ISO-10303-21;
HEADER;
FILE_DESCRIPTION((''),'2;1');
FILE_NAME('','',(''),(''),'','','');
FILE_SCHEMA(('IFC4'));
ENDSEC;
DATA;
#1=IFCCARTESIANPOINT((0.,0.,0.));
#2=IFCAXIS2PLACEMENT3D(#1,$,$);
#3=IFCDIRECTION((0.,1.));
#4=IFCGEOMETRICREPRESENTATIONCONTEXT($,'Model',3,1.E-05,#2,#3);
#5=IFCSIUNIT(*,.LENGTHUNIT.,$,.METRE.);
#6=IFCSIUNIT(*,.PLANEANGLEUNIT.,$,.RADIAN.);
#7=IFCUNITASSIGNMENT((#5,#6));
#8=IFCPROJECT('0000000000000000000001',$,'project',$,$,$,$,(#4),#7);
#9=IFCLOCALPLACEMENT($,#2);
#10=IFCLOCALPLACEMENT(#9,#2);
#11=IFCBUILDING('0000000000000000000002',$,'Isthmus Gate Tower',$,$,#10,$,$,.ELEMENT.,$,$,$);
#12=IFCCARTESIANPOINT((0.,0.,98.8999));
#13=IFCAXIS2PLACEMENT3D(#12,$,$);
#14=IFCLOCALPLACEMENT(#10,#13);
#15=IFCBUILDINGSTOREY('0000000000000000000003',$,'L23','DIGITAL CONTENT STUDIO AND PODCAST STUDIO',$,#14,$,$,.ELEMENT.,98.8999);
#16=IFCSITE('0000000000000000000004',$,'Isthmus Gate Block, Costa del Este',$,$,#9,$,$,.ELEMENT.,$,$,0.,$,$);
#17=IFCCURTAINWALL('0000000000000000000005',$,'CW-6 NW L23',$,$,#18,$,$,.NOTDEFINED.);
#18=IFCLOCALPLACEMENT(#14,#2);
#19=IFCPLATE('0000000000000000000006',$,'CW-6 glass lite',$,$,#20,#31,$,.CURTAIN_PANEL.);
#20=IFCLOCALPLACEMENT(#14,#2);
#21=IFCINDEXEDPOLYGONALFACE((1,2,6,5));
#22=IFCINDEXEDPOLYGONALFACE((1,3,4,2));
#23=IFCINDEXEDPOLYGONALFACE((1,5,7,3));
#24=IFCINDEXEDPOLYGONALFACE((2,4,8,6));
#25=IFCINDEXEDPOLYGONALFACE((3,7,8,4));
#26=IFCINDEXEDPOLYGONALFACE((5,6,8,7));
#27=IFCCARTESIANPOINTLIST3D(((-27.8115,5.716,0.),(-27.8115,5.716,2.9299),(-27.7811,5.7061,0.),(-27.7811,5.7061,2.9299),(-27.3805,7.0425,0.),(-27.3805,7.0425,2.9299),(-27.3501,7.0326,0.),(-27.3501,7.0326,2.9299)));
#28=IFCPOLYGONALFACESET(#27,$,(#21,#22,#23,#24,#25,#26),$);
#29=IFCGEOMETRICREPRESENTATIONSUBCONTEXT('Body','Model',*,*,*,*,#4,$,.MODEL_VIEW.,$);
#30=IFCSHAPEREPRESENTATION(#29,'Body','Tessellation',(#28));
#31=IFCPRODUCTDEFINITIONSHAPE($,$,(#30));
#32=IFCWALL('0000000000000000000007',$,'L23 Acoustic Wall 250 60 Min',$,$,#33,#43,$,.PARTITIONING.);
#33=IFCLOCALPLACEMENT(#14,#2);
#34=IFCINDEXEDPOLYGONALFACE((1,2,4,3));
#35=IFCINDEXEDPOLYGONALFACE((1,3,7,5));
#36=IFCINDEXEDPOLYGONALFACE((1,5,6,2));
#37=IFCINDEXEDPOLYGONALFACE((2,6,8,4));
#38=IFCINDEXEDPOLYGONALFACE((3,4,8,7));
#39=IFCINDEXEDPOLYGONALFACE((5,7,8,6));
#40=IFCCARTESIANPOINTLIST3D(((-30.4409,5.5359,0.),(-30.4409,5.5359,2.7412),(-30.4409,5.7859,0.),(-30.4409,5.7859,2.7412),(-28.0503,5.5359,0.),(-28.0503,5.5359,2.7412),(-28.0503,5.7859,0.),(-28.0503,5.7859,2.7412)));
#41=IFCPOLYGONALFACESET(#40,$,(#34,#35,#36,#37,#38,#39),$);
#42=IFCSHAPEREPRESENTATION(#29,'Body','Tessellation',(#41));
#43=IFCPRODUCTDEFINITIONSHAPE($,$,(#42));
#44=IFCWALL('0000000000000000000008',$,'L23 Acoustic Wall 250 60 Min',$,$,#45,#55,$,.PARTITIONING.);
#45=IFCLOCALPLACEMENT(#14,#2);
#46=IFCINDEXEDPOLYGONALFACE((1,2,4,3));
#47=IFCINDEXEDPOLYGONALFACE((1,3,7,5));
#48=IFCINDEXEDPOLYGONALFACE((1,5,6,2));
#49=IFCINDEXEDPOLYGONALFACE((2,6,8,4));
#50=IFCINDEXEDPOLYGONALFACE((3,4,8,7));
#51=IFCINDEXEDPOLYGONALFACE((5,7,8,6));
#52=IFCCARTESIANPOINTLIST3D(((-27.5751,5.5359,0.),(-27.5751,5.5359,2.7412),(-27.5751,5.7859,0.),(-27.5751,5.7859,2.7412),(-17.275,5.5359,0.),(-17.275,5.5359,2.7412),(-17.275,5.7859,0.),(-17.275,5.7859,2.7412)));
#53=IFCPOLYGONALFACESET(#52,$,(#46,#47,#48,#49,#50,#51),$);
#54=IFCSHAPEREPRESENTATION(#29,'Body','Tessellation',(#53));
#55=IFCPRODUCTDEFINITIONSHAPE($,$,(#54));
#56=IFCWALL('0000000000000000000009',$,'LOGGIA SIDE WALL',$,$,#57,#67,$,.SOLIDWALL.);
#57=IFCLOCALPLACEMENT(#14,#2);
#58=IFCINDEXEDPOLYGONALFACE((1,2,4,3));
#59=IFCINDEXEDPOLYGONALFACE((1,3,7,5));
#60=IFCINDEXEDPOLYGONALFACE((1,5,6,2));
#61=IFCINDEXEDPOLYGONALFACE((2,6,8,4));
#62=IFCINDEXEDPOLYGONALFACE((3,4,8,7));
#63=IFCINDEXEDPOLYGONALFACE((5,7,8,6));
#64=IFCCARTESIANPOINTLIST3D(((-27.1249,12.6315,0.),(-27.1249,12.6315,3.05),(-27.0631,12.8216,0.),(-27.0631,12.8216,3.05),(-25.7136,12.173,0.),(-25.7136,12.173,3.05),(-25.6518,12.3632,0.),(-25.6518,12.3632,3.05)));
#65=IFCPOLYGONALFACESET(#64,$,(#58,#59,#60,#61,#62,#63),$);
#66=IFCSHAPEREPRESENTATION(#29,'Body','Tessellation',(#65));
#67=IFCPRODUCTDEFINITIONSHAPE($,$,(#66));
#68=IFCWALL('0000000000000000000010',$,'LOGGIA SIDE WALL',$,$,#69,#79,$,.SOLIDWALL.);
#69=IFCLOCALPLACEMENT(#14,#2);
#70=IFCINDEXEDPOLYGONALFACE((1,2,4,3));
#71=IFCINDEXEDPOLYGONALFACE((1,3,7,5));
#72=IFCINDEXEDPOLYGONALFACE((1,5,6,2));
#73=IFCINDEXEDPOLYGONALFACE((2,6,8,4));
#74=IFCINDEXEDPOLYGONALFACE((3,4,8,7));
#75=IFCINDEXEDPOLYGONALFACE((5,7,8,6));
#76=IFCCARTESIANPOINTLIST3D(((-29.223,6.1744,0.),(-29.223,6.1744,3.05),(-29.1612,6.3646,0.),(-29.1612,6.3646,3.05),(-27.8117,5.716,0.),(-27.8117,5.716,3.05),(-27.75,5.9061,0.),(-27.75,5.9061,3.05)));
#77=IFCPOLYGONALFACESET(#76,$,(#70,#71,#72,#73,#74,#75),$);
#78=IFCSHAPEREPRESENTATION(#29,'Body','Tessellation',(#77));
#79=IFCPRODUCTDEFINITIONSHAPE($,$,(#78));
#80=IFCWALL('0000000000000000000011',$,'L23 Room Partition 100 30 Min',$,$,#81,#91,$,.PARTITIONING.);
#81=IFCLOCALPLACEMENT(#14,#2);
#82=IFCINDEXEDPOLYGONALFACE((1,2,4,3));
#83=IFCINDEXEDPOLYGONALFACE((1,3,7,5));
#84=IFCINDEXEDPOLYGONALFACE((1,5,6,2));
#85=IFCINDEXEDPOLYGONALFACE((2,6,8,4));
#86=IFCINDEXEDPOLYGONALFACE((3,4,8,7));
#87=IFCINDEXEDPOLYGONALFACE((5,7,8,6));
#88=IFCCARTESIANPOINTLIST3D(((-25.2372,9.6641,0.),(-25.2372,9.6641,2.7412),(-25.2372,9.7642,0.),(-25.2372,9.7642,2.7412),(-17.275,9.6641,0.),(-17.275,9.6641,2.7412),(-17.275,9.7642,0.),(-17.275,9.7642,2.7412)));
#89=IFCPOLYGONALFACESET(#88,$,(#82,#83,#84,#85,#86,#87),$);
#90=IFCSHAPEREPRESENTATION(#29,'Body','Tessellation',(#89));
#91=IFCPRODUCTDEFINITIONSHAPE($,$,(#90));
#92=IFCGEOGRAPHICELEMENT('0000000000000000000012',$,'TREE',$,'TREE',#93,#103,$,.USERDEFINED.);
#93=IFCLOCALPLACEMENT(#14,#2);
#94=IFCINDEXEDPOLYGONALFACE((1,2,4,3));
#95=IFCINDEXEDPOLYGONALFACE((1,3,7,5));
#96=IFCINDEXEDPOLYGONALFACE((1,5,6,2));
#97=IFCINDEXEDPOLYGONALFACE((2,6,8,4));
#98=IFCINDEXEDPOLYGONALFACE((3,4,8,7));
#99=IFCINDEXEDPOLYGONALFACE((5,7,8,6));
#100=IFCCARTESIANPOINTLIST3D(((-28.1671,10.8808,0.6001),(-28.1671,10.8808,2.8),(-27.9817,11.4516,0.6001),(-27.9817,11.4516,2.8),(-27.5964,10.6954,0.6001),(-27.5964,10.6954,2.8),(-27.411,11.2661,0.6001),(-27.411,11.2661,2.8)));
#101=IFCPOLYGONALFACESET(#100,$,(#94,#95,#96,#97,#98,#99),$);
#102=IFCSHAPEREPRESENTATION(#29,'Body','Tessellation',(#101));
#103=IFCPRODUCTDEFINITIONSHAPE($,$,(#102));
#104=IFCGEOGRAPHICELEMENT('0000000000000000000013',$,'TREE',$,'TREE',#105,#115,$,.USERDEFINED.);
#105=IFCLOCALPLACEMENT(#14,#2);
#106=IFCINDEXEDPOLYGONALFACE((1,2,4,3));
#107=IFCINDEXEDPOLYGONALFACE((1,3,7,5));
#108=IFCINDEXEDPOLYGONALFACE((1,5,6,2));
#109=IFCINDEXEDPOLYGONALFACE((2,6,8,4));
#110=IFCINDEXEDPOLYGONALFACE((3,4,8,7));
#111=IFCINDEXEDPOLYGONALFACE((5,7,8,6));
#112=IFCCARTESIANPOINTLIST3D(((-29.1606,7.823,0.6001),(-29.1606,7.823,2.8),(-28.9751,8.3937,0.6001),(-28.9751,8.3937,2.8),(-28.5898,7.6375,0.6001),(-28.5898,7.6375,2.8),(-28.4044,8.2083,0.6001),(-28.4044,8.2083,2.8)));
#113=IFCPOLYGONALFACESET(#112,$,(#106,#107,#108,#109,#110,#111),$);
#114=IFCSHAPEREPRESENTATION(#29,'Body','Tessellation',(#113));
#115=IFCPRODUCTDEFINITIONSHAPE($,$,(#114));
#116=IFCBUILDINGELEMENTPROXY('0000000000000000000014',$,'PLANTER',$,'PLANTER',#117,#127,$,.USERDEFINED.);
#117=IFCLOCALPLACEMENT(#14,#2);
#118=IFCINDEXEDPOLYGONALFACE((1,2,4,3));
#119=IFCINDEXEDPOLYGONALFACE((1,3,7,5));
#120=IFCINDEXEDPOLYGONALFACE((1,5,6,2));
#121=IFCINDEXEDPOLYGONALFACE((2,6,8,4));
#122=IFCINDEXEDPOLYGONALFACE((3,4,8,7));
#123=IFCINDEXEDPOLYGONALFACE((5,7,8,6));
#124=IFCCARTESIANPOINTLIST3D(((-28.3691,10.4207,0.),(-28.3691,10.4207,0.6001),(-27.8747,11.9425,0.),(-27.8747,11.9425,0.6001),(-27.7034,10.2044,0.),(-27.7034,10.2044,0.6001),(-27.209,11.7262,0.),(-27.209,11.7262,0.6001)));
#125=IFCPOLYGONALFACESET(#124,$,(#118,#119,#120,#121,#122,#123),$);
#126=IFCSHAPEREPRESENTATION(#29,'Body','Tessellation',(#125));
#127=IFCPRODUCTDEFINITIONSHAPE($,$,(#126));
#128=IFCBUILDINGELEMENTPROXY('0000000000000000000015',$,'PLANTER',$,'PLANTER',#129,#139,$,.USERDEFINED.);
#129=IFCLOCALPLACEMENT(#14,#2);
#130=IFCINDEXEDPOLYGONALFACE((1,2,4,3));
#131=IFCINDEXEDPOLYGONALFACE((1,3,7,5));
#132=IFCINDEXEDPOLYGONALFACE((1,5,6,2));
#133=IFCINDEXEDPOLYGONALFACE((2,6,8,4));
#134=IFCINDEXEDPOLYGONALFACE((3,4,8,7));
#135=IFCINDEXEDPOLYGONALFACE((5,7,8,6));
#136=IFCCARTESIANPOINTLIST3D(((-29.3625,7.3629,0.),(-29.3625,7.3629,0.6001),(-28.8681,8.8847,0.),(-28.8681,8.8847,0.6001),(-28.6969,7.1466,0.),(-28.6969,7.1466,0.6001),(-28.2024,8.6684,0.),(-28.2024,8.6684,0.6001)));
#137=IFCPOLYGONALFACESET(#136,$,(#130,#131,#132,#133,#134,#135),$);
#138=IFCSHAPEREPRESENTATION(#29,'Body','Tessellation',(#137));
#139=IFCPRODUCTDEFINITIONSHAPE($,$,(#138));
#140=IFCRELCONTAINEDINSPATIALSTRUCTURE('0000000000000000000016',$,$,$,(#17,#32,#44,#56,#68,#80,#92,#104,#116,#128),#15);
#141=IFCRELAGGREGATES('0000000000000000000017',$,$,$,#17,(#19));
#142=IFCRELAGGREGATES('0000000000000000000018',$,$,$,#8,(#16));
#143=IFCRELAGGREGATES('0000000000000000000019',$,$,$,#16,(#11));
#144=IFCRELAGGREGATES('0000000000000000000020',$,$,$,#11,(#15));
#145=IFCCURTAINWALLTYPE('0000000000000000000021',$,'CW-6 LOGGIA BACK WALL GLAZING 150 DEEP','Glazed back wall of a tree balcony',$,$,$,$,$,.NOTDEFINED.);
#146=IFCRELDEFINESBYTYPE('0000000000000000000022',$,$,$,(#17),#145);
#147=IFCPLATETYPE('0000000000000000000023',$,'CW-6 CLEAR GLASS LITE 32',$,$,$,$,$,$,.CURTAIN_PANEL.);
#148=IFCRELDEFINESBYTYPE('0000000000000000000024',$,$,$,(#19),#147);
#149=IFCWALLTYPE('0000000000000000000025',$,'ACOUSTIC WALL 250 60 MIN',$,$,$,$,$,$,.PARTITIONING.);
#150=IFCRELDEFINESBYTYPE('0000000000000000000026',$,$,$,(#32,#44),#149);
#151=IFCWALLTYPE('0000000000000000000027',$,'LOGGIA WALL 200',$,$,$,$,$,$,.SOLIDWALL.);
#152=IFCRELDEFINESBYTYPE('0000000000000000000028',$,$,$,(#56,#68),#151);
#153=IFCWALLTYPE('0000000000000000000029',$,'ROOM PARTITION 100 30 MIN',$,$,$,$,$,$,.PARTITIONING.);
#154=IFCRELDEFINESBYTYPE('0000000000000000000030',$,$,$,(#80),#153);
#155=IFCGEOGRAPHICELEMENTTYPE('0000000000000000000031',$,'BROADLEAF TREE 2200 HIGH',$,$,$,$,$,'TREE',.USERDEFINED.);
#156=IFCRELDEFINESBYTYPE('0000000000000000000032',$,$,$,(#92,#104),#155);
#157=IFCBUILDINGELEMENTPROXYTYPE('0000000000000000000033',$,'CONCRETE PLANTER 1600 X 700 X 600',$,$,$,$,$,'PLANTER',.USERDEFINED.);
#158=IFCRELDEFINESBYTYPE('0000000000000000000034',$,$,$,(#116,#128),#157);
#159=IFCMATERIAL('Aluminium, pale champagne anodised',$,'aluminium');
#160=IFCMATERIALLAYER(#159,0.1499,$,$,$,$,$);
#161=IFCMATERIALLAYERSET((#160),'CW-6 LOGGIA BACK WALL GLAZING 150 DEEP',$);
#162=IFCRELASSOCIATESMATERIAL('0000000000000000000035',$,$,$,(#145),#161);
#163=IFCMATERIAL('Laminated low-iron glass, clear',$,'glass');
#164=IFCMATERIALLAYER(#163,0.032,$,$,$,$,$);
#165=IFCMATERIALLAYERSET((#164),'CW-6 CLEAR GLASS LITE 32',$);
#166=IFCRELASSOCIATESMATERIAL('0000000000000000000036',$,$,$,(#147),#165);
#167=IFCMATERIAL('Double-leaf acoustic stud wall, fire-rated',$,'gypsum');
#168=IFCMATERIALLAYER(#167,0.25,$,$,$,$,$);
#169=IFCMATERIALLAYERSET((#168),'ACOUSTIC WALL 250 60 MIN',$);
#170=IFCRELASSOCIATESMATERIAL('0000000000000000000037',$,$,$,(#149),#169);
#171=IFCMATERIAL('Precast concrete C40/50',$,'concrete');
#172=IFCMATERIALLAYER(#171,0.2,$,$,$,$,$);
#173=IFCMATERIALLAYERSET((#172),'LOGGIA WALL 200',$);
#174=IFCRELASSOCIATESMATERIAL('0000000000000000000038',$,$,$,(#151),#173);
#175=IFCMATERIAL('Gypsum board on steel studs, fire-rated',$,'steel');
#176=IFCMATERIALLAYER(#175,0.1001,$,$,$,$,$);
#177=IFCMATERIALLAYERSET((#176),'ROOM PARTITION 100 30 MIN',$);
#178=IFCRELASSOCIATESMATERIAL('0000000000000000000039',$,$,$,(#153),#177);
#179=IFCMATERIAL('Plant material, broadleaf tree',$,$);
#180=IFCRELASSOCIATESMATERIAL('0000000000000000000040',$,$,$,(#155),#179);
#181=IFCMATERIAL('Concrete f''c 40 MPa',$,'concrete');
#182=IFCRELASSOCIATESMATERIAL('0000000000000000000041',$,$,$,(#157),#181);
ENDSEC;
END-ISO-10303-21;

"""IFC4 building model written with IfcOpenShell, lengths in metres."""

from ifc_helpers import new_model, si_unit, direction, frame, frame_2d, origin, origin_2d, place, context, subcontext, project, spatial, rectangle, extrude, material, layer, layer_set, type_object, element, aggregate, save


model = new_model("IFC4")

# Units and contexts
model_context = context("Model", 3, precision=1e-05, world=origin(), true_north=direction((0.0, 1.0)))
body_context = subcontext(model_context, "Body", "Model", "MODEL_VIEW")
ifc_project = project(units=[si_unit("LENGTHUNIT", "METRE"), si_unit("PLANEANGLEUNIT", "RADIAN")], contexts=[model_context])

# Site, building, storey
site_placement = place(None, origin())
site = spatial("IfcSite", under=ifc_project, at=site_placement, Name="Isthmus Gate Block, Costa del Este", CompositionType="ELEMENT", RefElevation=0.0)
building_placement = place(site_placement, origin())
building = spatial("IfcBuilding", under=site, at=building_placement, Name="Isthmus Gate Tower", CompositionType="ELEMENT")
storey_placement = place(building_placement, frame((0.0, 0.0, 98.8999)))
storey = spatial("IfcBuildingStorey", under=building, at=storey_placement, Name="L23", Description="DIGITAL CONTENT STUDIO AND PODCAST STUDIO", CompositionType="ELEMENT", Elevation=98.8999)

# Curtain wall
ifc_material_1 = material(Name="Aluminium, pale champagne anodised", Category="aluminium")
ifc_layer_1 = layer(ifc_material_1, 0.1499)
ifc_layer_set_1 = layer_set([ifc_layer_1], Name="CW-6 LOGGIA BACK WALL GLAZING 150 DEEP")
curtain_wall_type_1 = type_object("IfcCurtainWallType", Name="CW-6 LOGGIA BACK WALL GLAZING 150 DEEP", Description="Glazed back wall of a tree balcony", PredefinedType="NOTDEFINED", material=ifc_layer_set_1)
curtain_wall_1_placement = place(storey_placement, origin())
curtain_wall_1 = element("IfcCurtainWall", 1, at=curtain_wall_1_placement, inside=storey, type_object=curtain_wall_type_1, Name="CW-6 NW L23", PredefinedType="NOTDEFINED")

# Plate
ifc_material_2 = material(Name="Laminated low-iron glass, clear", Category="glass")
ifc_layer_2 = layer(ifc_material_2, 0.032)
ifc_layer_set_2 = layer_set([ifc_layer_2], Name="CW-6 CLEAR GLASS LITE 32")
plate_type = type_object("IfcPlateType", Name="CW-6 CLEAR GLASS LITE 32", PredefinedType="CURTAIN_PANEL", material=ifc_layer_set_2)
plate_1_placement = place(storey_placement, frame((-27.5808, 6.3743, 0.0), z_axis=(0.0, 0.0, 1.0), x_axis=(-0.309017, -0.951057, 0.0)))
plate_1 = element("IfcPlate", 2, at=plate_1_placement, type_object=plate_type, Name="CW-6 glass lite", PredefinedType="CURTAIN_PANEL", context=body_context, shape_type="SweptSolid", body=[
    extrude(rectangle(XDim=1.3948, YDim=0.032, at=origin_2d()), origin(), (0.0, 0.0, 1.0), 2.9299),
])
aggregate(curtain_wall_1, [plate_1])

# Walls
ifc_material_3 = material(Name="Double-leaf acoustic stud wall, fire-rated", Category="gypsum")
ifc_layer_3 = layer(ifc_material_3, 0.25)
ifc_layer_set_3 = layer_set([ifc_layer_3], Name="ACOUSTIC WALL 250 60 MIN")
wall_type_1 = type_object("IfcWallType", Name="ACOUSTIC WALL 250 60 MIN", PredefinedType="PARTITIONING", material=ifc_layer_set_3)
wall_1_placement = place(storey_placement, frame((-30.4409, 5.6609, 0.0), z_axis=(0.0, 0.0, 1.0), x_axis=(1.0, 0.0, 0.0)))
element("IfcWall", 3, at=wall_1_placement, inside=storey, type_object=wall_type_1, Name="L23 Acoustic Wall 250 60 Min", PredefinedType="PARTITIONING", context=body_context, shape_type="SweptSolid", body=[
    extrude(rectangle(XDim=2.3906, YDim=0.25, at=frame_2d((1.1953, 0.0))), origin(), (0.0, 0.0, 1.0), 2.7412),
])
wall_2_placement = place(storey_placement, frame((-27.575, 5.6609, 0.0), z_axis=(0.0, 0.0, 1.0), x_axis=(1.0, 0.0, 0.0)))
element("IfcWall", 4, at=wall_2_placement, inside=storey, type_object=wall_type_1, Name="L23 Acoustic Wall 250 60 Min", PredefinedType="PARTITIONING", context=body_context, shape_type="SweptSolid", body=[
    extrude(rectangle(XDim=10.3, YDim=0.25, at=frame_2d((5.1499, 0.0))), origin(), (0.0, 0.0, 1.0), 2.7412),
])

# Shared definitions
ifc_material_4 = material(Name="Precast concrete C40/50", Category="concrete")
ifc_layer_4 = layer(ifc_material_4, 0.2)
ifc_layer_set_4 = layer_set([ifc_layer_4], Name="LOGGIA WALL 200")
wall_type_2 = type_object("IfcWallType", Name="LOGGIA WALL 200", PredefinedType="SOLIDWALL", material=ifc_layer_set_4)

# Walls
for number, where, z_axis, x_axis, name in (
    (5, (-27.094, 12.7266, 0.0), (0.0, 0.0, 1.0), (0.951074, -0.308963, 0.0), "LOGGIA SIDE WALL"),
    (6, (-29.1921, 6.2695, 0.0), (0.0, 0.0, 1.0), (0.951074, -0.308963, 0.0), "LOGGIA SIDE WALL"),
):
    element("IfcWall", number, at=place(storey_placement, frame(where, z_axis=z_axis, x_axis=x_axis)), inside=storey, type_object=wall_type_2, Name=name, PredefinedType="SOLIDWALL", context=body_context, shape_type="SweptSolid", body=[
        extrude(rectangle(XDim=1.4839, YDim=0.2, at=frame_2d((0.7419, 0.0))), origin(), (0.0, 0.0, 1.0), 3.05),
    ])
ifc_material_5 = material(Name="Gypsum board on steel studs, fire-rated", Category="steel")
ifc_layer_5 = layer(ifc_material_5, 0.1001)
ifc_layer_set_5 = layer_set([ifc_layer_5], Name="ROOM PARTITION 100 30 MIN")
wall_type_3 = type_object("IfcWallType", Name="ROOM PARTITION 100 30 MIN", PredefinedType="PARTITIONING", material=ifc_layer_set_5)
wall_3_placement = place(storey_placement, frame((-25.2371, 9.7141, 0.0), z_axis=(0.0, 0.0, 1.0), x_axis=(1.0, 0.0, 0.0)))
element("IfcWall", 7, at=wall_3_placement, inside=storey, type_object=wall_type_3, Name="L23 Room Partition 100 30 Min", PredefinedType="PARTITIONING", context=body_context, shape_type="SweptSolid", body=[
    extrude(rectangle(XDim=7.9622, YDim=0.1001, at=frame_2d((3.981, 0.0))), origin(), (0.0, 0.0, 1.0), 2.7412),
])

# Geographic elements
ifc_material_6 = material(Name="Plant material, broadleaf tree")
geographic_element_type = type_object("IfcGeographicElementType", Name="BROADLEAF TREE 2200 HIGH", ElementType="TREE", PredefinedType="USERDEFINED", material=ifc_material_6)
for number, where, z_axis, x_axis, name in (
    (8, (-27.7891, 11.0735, 0.6001), (0.0, 0.0, 1.0), (-0.309017, -0.951057, 0.0), "TREE"),
    (9, (-28.7825, 8.0156, 0.6001), (0.0, 0.0, 1.0), (-0.309017, -0.951057, 0.0), "TREE"),
):
    element("IfcGeographicElement", number, at=place(storey_placement, frame(where, z_axis=z_axis, x_axis=x_axis)), inside=storey, type_object=geographic_element_type, Name=name, ObjectType="TREE", PredefinedType="USERDEFINED", context=body_context, shape_type="SweptSolid", body=[
        extrude(rectangle(XDim=0.6001, YDim=0.6001, at=origin_2d()), origin(), (0.0, 0.0, 1.0), 2.2),
    ])

# Building element proxies
ifc_material_7 = material(Name="Concrete f'c 40 MPa", Category="concrete")
building_element_proxy_type = type_object("IfcBuildingElementProxyType", Name="CONCRETE PLANTER 1600 X 700 X 600", ElementType="PLANTER", PredefinedType="USERDEFINED", material=ifc_material_7)
for number, where, z_axis, x_axis, name in (
    (10, (-27.7891, 11.0735, 0.0), (0.0, 0.0, 1.0), (-0.309017, -0.951057, 0.0), "PLANTER"),
    (11, (-28.7825, 8.0156, 0.0), (0.0, 0.0, 1.0), (-0.309017, -0.951057, 0.0), "PLANTER"),
):
    element("IfcBuildingElementProxy", number, at=place(storey_placement, frame(where, z_axis=z_axis, x_axis=x_axis)), inside=storey, type_object=building_element_proxy_type, Name=name, ObjectType="PLANTER", PredefinedType="USERDEFINED", context=body_context, shape_type="SweptSolid", body=[
        extrude(rectangle(XDim=1.6001, YDim=0.7, at=origin_2d()), origin(), (0.0, 0.0, 1.0), 0.6001),
    ])

save(model, "model.ifc")
